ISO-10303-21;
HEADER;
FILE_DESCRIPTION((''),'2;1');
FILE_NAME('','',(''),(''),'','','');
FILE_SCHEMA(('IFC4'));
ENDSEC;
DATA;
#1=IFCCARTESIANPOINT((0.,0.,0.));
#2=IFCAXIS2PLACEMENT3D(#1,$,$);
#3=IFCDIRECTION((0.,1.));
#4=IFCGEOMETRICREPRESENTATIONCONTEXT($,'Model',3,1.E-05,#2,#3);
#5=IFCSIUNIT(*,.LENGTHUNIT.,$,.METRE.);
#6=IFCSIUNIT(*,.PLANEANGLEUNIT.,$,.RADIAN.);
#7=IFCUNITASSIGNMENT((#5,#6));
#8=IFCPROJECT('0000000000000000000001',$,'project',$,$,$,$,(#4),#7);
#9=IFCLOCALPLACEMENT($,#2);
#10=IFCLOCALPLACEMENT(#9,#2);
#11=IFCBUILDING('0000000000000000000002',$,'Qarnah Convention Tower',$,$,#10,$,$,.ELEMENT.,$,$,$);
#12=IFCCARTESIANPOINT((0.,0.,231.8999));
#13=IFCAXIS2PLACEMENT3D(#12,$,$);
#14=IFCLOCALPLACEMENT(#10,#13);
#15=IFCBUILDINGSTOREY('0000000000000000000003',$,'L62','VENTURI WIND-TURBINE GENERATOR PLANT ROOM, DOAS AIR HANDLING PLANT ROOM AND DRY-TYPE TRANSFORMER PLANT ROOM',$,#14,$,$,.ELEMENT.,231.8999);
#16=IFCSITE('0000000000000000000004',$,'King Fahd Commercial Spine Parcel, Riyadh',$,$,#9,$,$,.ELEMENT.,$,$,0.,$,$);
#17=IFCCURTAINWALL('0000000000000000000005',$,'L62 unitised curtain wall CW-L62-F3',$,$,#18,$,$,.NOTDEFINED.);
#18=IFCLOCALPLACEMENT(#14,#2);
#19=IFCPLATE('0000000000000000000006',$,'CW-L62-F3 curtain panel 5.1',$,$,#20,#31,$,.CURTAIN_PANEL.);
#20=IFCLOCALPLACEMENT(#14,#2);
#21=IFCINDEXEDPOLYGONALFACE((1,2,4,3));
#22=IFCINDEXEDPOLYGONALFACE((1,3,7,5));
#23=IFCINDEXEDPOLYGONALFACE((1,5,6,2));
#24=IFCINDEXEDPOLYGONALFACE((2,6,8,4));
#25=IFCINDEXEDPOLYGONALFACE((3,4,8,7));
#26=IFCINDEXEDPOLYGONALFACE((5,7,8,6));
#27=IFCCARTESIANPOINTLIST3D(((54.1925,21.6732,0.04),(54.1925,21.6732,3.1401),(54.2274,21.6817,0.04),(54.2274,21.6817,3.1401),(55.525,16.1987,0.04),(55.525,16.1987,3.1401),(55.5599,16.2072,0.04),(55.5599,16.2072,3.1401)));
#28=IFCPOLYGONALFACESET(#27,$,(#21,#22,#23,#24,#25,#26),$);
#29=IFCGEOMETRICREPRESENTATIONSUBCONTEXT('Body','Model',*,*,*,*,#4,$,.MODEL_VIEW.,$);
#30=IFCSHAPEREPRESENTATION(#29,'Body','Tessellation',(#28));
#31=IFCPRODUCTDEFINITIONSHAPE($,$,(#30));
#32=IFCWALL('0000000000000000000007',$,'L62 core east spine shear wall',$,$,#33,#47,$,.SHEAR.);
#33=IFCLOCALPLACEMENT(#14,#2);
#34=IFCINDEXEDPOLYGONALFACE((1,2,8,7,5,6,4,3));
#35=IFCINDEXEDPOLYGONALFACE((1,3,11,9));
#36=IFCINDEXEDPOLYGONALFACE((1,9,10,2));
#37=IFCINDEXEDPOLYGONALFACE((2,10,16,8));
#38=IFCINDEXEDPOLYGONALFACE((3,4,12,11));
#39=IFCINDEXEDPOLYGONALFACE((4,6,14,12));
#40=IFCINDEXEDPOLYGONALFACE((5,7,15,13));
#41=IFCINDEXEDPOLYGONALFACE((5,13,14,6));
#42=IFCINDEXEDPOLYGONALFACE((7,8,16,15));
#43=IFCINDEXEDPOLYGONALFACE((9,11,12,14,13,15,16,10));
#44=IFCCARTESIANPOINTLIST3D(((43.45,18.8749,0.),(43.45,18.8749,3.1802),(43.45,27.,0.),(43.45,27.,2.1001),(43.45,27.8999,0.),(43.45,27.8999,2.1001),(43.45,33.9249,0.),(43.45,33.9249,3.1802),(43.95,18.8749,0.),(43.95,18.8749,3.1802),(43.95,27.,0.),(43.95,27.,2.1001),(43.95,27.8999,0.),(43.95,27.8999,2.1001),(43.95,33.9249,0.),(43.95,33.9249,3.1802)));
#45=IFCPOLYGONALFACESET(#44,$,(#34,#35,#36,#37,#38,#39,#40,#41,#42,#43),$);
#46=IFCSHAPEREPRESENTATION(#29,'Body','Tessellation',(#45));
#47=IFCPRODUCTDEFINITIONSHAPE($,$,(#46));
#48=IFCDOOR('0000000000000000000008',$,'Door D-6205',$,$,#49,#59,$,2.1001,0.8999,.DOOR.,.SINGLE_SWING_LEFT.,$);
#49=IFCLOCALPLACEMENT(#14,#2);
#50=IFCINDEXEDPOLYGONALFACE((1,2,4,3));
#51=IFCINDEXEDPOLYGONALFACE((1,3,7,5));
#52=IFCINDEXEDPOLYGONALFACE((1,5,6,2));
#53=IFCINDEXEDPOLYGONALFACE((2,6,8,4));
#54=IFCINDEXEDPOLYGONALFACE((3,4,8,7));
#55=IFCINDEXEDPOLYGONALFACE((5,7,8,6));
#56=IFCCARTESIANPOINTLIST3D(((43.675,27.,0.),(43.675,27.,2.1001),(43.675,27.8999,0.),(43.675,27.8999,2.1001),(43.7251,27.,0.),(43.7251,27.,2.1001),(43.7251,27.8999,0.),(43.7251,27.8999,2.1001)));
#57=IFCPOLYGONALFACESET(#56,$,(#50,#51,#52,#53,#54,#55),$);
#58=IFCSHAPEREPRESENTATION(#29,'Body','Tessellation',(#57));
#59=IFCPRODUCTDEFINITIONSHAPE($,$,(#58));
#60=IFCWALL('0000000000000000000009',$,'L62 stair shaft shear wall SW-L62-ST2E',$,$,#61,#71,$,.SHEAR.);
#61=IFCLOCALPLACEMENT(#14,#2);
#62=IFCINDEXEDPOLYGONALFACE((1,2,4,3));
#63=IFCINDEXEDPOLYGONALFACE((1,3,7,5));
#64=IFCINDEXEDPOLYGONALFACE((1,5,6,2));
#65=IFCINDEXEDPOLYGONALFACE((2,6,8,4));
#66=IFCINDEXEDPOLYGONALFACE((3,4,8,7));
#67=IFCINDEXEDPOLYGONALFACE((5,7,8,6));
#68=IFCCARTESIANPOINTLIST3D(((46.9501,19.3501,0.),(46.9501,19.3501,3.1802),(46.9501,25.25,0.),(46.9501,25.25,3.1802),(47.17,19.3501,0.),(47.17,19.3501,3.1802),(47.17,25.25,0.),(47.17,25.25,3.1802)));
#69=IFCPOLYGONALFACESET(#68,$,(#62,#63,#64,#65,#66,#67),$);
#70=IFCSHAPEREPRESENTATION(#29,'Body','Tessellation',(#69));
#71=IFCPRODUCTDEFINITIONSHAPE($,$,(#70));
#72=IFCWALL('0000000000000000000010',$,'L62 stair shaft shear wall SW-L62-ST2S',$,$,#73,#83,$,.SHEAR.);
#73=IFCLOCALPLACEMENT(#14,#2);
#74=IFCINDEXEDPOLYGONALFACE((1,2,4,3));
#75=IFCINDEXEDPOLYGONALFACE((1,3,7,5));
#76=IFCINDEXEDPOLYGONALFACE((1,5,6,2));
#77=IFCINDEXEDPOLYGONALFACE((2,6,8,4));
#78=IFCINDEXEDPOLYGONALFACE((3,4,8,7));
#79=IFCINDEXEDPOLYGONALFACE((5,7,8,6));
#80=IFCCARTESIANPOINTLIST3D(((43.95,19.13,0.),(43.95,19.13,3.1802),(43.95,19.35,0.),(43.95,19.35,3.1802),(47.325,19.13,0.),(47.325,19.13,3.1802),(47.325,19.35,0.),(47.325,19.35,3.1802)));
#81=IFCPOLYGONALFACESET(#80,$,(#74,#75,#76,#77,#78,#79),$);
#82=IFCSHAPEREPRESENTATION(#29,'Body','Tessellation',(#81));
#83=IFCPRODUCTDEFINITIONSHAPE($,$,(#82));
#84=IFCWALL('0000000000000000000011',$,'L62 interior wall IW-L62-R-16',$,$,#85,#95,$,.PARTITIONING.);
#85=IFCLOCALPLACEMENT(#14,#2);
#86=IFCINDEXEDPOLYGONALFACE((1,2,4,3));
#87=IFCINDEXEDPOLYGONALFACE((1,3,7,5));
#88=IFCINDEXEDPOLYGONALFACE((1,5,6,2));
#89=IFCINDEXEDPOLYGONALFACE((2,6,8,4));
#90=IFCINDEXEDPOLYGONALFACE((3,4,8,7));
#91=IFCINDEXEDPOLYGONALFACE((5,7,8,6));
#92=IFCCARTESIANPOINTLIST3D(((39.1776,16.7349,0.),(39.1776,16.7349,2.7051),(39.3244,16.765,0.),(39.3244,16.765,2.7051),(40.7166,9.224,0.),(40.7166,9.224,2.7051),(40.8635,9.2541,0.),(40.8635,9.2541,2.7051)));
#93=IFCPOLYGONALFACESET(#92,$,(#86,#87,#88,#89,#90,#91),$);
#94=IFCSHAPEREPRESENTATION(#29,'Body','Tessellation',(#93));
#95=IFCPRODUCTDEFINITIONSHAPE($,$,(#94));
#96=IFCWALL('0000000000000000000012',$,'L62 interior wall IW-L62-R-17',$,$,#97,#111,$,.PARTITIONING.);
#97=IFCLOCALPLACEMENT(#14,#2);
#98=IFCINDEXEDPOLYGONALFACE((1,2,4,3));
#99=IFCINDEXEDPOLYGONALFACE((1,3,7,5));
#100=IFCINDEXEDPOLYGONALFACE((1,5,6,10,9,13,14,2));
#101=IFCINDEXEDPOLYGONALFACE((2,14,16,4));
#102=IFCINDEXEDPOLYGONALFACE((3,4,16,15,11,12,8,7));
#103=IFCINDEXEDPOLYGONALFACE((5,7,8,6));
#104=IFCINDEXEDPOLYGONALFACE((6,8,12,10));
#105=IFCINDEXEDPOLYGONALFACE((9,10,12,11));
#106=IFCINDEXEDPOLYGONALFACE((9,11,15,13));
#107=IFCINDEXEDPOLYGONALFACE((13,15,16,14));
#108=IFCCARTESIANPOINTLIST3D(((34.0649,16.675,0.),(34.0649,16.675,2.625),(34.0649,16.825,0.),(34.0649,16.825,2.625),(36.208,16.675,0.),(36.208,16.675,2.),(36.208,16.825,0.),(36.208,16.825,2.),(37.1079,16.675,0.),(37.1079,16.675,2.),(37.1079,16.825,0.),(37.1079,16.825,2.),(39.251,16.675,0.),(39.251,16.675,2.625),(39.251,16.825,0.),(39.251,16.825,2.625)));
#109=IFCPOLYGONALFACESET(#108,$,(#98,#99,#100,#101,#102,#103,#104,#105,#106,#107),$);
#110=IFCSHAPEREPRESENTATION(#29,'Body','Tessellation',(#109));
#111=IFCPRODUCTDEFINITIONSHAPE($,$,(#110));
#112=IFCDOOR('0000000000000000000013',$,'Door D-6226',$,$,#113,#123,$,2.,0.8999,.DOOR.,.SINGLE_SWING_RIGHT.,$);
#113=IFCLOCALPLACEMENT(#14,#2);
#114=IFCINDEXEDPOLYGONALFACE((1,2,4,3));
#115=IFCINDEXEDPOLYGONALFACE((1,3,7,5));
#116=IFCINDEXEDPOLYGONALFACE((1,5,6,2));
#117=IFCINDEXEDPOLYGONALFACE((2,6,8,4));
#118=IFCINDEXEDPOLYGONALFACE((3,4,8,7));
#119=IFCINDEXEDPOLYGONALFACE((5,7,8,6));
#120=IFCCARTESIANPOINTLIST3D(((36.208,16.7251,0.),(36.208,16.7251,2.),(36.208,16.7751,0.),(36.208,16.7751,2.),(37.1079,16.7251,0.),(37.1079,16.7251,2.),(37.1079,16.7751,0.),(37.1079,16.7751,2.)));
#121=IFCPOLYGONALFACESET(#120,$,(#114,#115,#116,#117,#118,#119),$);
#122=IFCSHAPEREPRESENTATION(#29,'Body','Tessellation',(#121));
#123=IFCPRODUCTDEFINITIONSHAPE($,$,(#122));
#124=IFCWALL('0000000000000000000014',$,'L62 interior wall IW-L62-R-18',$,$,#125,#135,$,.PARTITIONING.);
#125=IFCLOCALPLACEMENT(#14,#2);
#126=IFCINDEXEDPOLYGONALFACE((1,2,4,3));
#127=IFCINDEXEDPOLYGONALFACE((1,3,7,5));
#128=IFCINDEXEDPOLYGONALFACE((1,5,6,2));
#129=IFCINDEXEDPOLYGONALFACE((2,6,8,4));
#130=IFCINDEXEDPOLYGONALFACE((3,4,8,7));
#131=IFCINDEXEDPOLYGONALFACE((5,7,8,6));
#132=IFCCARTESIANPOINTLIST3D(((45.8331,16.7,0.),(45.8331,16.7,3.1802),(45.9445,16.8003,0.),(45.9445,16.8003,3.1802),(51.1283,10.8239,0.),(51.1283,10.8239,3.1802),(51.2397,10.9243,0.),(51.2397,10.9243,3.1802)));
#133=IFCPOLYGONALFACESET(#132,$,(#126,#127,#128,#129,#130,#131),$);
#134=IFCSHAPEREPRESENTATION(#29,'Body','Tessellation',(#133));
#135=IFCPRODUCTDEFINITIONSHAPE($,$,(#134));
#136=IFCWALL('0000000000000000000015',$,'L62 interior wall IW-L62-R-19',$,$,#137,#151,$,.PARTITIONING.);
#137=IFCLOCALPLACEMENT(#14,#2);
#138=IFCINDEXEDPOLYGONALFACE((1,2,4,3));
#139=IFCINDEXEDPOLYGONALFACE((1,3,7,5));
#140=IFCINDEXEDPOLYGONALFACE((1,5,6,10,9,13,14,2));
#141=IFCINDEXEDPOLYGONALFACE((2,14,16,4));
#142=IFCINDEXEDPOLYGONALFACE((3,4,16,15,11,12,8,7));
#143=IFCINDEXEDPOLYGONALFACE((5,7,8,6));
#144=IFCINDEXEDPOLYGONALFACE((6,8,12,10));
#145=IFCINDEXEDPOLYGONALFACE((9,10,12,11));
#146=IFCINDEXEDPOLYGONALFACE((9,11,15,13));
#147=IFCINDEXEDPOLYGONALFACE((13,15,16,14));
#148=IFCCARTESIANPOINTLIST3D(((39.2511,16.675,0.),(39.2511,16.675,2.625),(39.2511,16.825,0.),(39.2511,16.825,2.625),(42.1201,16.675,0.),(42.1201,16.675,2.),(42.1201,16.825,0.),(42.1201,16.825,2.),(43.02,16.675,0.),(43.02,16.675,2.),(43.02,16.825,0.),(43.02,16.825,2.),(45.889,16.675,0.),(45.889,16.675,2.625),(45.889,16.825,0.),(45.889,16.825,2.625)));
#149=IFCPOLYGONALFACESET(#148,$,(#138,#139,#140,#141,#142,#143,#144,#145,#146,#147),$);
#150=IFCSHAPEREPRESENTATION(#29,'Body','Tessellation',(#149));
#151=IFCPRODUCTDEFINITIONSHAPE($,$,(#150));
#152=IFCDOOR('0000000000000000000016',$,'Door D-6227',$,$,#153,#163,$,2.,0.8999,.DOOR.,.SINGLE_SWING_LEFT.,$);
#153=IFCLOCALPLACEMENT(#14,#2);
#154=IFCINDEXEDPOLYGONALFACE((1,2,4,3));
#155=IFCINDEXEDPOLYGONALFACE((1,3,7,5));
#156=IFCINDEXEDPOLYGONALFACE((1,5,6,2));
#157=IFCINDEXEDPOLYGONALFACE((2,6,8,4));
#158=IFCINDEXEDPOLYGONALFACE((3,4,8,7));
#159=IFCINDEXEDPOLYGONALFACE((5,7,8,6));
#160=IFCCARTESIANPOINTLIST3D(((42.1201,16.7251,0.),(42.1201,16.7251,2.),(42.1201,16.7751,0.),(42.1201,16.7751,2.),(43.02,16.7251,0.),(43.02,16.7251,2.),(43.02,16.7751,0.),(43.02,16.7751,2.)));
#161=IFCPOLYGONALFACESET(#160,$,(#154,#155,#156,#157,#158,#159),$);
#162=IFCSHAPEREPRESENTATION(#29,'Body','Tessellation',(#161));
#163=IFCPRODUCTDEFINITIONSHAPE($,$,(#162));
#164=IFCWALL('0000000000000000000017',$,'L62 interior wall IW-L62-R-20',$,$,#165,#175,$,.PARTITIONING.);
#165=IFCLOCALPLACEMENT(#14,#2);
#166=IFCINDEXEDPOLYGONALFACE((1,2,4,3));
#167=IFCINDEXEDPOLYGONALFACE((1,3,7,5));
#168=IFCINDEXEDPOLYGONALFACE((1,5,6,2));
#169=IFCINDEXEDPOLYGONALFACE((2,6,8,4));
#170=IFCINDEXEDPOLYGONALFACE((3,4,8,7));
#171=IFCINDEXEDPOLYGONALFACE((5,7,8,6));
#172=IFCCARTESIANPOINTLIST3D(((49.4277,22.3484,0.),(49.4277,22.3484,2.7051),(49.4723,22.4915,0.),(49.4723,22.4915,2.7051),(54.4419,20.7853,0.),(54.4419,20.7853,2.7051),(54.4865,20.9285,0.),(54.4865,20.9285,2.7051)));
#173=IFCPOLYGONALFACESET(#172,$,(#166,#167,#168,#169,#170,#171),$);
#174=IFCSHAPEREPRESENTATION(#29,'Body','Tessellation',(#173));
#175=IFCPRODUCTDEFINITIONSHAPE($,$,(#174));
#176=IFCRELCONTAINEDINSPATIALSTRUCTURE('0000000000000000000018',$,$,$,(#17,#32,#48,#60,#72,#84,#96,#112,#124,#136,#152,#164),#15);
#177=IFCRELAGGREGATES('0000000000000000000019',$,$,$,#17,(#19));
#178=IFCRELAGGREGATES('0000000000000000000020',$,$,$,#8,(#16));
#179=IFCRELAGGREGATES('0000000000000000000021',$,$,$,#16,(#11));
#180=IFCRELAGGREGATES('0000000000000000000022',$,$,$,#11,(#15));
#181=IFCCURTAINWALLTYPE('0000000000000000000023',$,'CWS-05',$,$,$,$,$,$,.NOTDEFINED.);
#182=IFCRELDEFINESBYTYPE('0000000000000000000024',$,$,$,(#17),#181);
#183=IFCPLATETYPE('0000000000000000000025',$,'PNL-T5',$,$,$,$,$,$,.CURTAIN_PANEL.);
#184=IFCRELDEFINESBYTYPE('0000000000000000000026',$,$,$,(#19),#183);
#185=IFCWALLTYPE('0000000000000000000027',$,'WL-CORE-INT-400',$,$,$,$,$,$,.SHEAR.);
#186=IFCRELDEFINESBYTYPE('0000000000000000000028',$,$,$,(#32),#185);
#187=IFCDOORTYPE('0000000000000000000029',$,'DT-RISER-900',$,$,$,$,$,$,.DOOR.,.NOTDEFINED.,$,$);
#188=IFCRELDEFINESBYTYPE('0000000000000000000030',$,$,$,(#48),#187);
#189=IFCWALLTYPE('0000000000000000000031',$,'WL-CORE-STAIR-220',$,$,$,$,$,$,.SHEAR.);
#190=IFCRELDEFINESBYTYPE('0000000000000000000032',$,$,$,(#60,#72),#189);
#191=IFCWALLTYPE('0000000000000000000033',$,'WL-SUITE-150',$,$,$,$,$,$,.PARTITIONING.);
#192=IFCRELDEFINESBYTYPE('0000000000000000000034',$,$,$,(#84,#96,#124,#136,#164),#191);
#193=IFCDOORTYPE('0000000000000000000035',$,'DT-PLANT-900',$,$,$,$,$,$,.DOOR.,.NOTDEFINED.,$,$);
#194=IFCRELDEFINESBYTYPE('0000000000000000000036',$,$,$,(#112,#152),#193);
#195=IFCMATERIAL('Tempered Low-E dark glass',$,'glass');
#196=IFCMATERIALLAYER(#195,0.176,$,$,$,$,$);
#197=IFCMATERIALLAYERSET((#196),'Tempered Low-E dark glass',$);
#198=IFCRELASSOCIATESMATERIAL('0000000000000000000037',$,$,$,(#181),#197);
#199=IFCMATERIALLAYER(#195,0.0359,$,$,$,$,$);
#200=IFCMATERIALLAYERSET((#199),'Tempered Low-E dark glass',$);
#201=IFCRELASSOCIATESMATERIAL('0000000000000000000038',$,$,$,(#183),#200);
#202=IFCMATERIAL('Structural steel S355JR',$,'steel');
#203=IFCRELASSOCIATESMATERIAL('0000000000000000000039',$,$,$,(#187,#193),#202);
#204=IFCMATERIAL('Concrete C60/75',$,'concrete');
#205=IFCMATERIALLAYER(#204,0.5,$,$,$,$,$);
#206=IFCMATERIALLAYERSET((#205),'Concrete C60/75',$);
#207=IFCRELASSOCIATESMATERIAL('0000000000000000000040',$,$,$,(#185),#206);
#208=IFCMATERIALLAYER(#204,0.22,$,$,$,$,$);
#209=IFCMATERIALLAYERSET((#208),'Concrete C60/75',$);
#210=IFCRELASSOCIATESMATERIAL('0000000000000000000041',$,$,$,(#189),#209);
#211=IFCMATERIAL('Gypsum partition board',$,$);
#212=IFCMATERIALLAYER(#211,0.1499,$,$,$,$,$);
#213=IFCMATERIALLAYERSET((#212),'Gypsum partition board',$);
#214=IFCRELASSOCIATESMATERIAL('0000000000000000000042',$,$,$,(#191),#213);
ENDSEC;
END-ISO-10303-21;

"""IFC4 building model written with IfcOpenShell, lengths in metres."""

from ifc_helpers import new_model, si_unit, direction, frame, frame_2d, origin, origin_2d, place, context, subcontext, project, spatial, rectangle, extrude, material, layer, layer_set, type_object, element, fill, aggregate, save


model = new_model("IFC4")

# Units and contexts
model_context = context("Model", 3, precision=1e-05, world=origin(), true_north=direction((0.0, 1.0)))
body_context = subcontext(model_context, "Body", "Model", "MODEL_VIEW")
ifc_project = project(units=[si_unit("LENGTHUNIT", "METRE"), si_unit("PLANEANGLEUNIT", "RADIAN")], contexts=[model_context])

# Site, building, storey
site_placement = place(None, origin())
site = spatial("IfcSite", under=ifc_project, at=site_placement, Name="King Fahd Commercial Spine Parcel, Riyadh", CompositionType="ELEMENT", RefElevation=0.0)
building_placement = place(site_placement, origin())
building = spatial("IfcBuilding", under=site, at=building_placement, Name="Qarnah Convention Tower", CompositionType="ELEMENT")
storey_placement = place(building_placement, frame((0.0, 0.0, 231.8999)))
storey = spatial("IfcBuildingStorey", under=building, at=storey_placement, Name="L62", Description="VENTURI WIND-TURBINE GENERATOR PLANT ROOM, DOAS AIR HANDLING PLANT ROOM AND DRY-TYPE TRANSFORMER PLANT ROOM", CompositionType="ELEMENT", Elevation=231.8999)

# Shared definitions
ifc_material_1 = material(Name="Structural steel S355JR", Category="steel")

# Shared definitions
ifc_material_2 = material(Name="Tempered Low-E dark glass", Category="glass")
ifc_layer_1 = layer(ifc_material_2, 0.176)
ifc_layer_set_1 = layer_set([ifc_layer_1], Name="Tempered Low-E dark glass")
curtain_wall_type = type_object("IfcCurtainWallType", Name="CWS-05", PredefinedType="NOTDEFINED", material=ifc_layer_set_1)

# Curtain wall
curtain_wall_1_placement = place(storey_placement, origin())
curtain_wall_1 = element("IfcCurtainWall", 1, at=curtain_wall_1_placement, inside=storey, type_object=curtain_wall_type, Name="L62 unitised curtain wall CW-L62-F3", PredefinedType="NOTDEFINED")

# Plate
ifc_layer_2 = layer(ifc_material_2, 0.0359)
ifc_layer_set_2 = layer_set([ifc_layer_2], Name="Tempered Low-E dark glass")
plate_type = type_object("IfcPlateType", Name="PNL-T5", PredefinedType="CURTAIN_PANEL", material=ifc_layer_set_2)
plate_1_placement = place(storey_placement, frame((54.8762, 18.9402, 0.04), z_axis=(0.0, 0.0, 1.0), x_axis=(0.236494, -0.971633, 0.0)))
plate_1 = element("IfcPlate", 2, at=plate_1_placement, type_object=plate_type, Name="CW-L62-F3 curtain panel 5.1", PredefinedType="CURTAIN_PANEL", context=body_context, shape_type="SweptSolid", body=[
    extrude(rectangle(XDim=5.6343, YDim=0.0359, at=origin_2d()), origin(), (0.0, 0.0, 1.0), 3.1001),
])
aggregate(curtain_wall_1, [plate_1])

# Shared definitions
ifc_material_3 = material(Name="Concrete C60/75", Category="concrete")
door_type_1 = type_object("IfcDoorType", Name="DT-RISER-900", OperationType="NOTDEFINED", PredefinedType="DOOR", material=ifc_material_1)

# Wall, opening, door
ifc_layer_3 = layer(ifc_material_3, 0.5)
ifc_layer_set_3 = layer_set([ifc_layer_3], Name="Concrete C60/75")
wall_type_1 = type_object("IfcWallType", Name="WL-CORE-INT-400", PredefinedType="SHEAR", material=ifc_layer_set_3)
wall_1_placement = place(storey_placement, frame((43.7, 18.875, 0.0), z_axis=(0.0, 0.0, 1.0), x_axis=(0.0, 1.0, 0.0)))
wall_1 = element("IfcWall", 3, at=wall_1_placement, inside=storey, type_object=wall_type_1, Name="L62 core east spine shear wall", PredefinedType="SHEAR", context=body_context, shape_type="SweptSolid", body=[
    extrude(rectangle(XDim=15.05, YDim=0.5, at=frame_2d((7.5249, 0.0))), origin(), (0.0, 0.0, 1.0), 3.1802),
])
opening_1_placement = place(wall_1_placement, frame((8.125, 0.0, 0.0)))
opening_1 = element("IfcOpeningElement", 4, at=opening_1_placement, cuts=wall_1, PredefinedType="OPENING", context=body_context, shape_type="SweptSolid", body=[
    extrude(rectangle(XDim=0.8999, YDim=2.1001, at=frame_2d((0.45, 1.05))), frame((0.0, 0.26, 0.0), z_axis=(0.0, -1.0, 0.0), x_axis=(1.0, 0.0, 0.0)), (0.0, 0.0, 1.0), 0.52),
])
door_1_placement = place(opening_1_placement, origin())
door_1 = element("IfcDoor", 5, at=door_1_placement, inside=storey, type_object=door_type_1, Name="Door D-6205", OperationType="SINGLE_SWING_LEFT", OverallHeight=2.1001, OverallWidth=0.8999, PredefinedType="DOOR", context=body_context, shape_type="SweptSolid", body=[
    extrude(rectangle(XDim=0.8999, YDim=2.1001, at=frame_2d((0.45, 1.05))), frame((0.0, 0.0249, 0.0), z_axis=(0.0, -1.0, 0.0), x_axis=(1.0, 0.0, 0.0)), (0.0, 0.0, 1.0), 0.05),
])
fill(opening_1, door_1)

# Walls
ifc_layer_4 = layer(ifc_material_3, 0.22)
ifc_layer_set_4 = layer_set([ifc_layer_4], Name="Concrete C60/75")
wall_type_2 = type_object("IfcWallType", Name="WL-CORE-STAIR-220", PredefinedType="SHEAR", material=ifc_layer_set_4)
wall_2_placement = place(storey_placement, frame((47.0601, 19.3501, 0.0), z_axis=(0.0, 0.0, 1.0), x_axis=(0.0, 1.0, 0.0)))
element("IfcWall", 6, at=wall_2_placement, inside=storey, type_object=wall_type_2, Name="L62 stair shaft shear wall SW-L62-ST2E", PredefinedType="SHEAR", context=body_context, shape_type="SweptSolid", body=[
    extrude(rectangle(XDim=5.8999, YDim=0.22, at=frame_2d((2.95, 0.0))), origin(), (0.0, 0.0, 1.0), 3.1802),
])
wall_3_placement = place(storey_placement, frame((43.95, 19.24, 0.0), z_axis=(0.0, 0.0, 1.0), x_axis=(1.0, 0.0, 0.0)))
element("IfcWall", 7, at=wall_3_placement, inside=storey, type_object=wall_type_2, Name="L62 stair shaft shear wall SW-L62-ST2S", PredefinedType="SHEAR", context=body_context, shape_type="SweptSolid", body=[
    extrude(rectangle(XDim=3.375, YDim=0.22, at=frame_2d((1.6875, 0.0))), origin(), (0.0, 0.0, 1.0), 3.1802),
])
ifc_material_4 = material(Name="Gypsum partition board")
ifc_layer_5 = layer(ifc_material_4, 0.1499)
ifc_layer_set_5 = layer_set([ifc_layer_5], Name="Gypsum partition board")
wall_type_3 = type_object("IfcWallType", Name="WL-SUITE-150", PredefinedType="PARTITIONING", material=ifc_layer_set_5)
wall_4_placement = place(storey_placement, frame((40.79, 9.239, 0.0), z_axis=(0.0, 0.0, 1.0), x_axis=(-0.200737, 0.979645, 0.0)))
element("IfcWall", 8, at=wall_4_placement, inside=storey, type_object=wall_type_3, Name="L62 interior wall IW-L62-R-16", PredefinedType="PARTITIONING", context=body_context, shape_type="SweptSolid", body=[
    extrude(rectangle(XDim=7.667, YDim=0.1499, at=frame_2d((3.8335, 0.0))), origin(), (0.0, 0.0, 1.0), 2.7051),
])

# Wall, opening, door
wall_5_placement = place(storey_placement, frame((39.251, 16.75, 0.0), z_axis=(0.0, 0.0, 1.0), x_axis=(-1.0, 0.0, 0.0)))
wall_5 = element("IfcWall", 9, at=wall_5_placement, inside=storey, type_object=wall_type_3, Name="L62 interior wall IW-L62-R-17", PredefinedType="PARTITIONING", context=body_context, shape_type="SweptSolid", body=[
    extrude(rectangle(XDim=5.186, YDim=0.1499, at=frame_2d((2.593, 0.0))), origin(), (0.0, 0.0, 1.0), 2.625),
])
opening_2_placement = place(wall_5_placement, frame((2.1431, 0.0, 0.0)))
opening_2 = element("IfcOpeningElement", 10, at=opening_2_placement, cuts=wall_5, PredefinedType="OPENING", context=body_context, shape_type="SweptSolid", body=[
    extrude(rectangle(XDim=0.8999, YDim=2.0, at=frame_2d((0.45, 1.0))), frame((0.0, 0.085, 0.0), z_axis=(0.0, -1.0, 0.0), x_axis=(1.0, 0.0, 0.0)), (0.0, 0.0, 1.0), 0.1699),
])
door_type_2 = type_object("IfcDoorType", Name="DT-PLANT-900", OperationType="NOTDEFINED", PredefinedType="DOOR", material=ifc_material_1)
door_2_placement = place(opening_2_placement, origin())
door_2 = element("IfcDoor", 11, at=door_2_placement, inside=storey, type_object=door_type_2, Name="Door D-6226", OperationType="SINGLE_SWING_RIGHT", OverallHeight=2.0, OverallWidth=0.8999, PredefinedType="DOOR", context=body_context, shape_type="SweptSolid", body=[
    extrude(rectangle(XDim=0.8999, YDim=2.0, at=frame_2d((0.45, 1.0))), frame((0.0, 0.0249, 0.0), z_axis=(0.0, -1.0, 0.0), x_axis=(1.0, 0.0, 0.0)), (0.0, 0.0, 1.0), 0.05),
])
fill(opening_2, door_2)

# Wall
wall_6_placement = place(storey_placement, frame((51.1841, 10.874, 0.0), z_axis=(0.0, 0.0, 1.0), x_axis=(-0.669439, 0.742867, 0.0)))
element("IfcWall", 12, at=wall_6_placement, inside=storey, type_object=wall_type_3, Name="L62 interior wall IW-L62-R-18", PredefinedType="PARTITIONING", context=body_context, shape_type="SweptSolid", body=[
    extrude(rectangle(XDim=7.9099, YDim=0.1499, at=frame_2d((3.9551, 0.0))), origin(), (0.0, 0.0, 1.0), 3.1802),
])

# Wall, opening, door
wall_7_placement = place(storey_placement, frame((45.8889, 16.75, 0.0), z_axis=(0.0, 0.0, 1.0), x_axis=(-1.0, 0.0, 0.0)))
wall_7 = element("IfcWall", 13, at=wall_7_placement, inside=storey, type_object=wall_type_3, Name="L62 interior wall IW-L62-R-19", PredefinedType="PARTITIONING", context=body_context, shape_type="SweptSolid", body=[
    extrude(rectangle(XDim=6.6379, YDim=0.1499, at=frame_2d((3.3188, 0.0))), origin(), (0.0, 0.0, 1.0), 2.625),
])
opening_3_placement = place(wall_7_placement, frame((2.8689, 0.0, 0.0)))
opening_3 = element("IfcOpeningElement", 14, at=opening_3_placement, cuts=wall_7, PredefinedType="OPENING", context=body_context, shape_type="SweptSolid", body=[
    extrude(rectangle(XDim=0.8999, YDim=2.0, at=frame_2d((0.45, 1.0))), frame((0.0, 0.085, 0.0), z_axis=(0.0, -1.0, 0.0), x_axis=(1.0, 0.0, 0.0)), (0.0, 0.0, 1.0), 0.1699),
])
door_3_placement = place(opening_3_placement, origin())
door_3 = element("IfcDoor", 15, at=door_3_placement, inside=storey, type_object=door_type_2, Name="Door D-6227", OperationType="SINGLE_SWING_LEFT", OverallHeight=2.0, OverallWidth=0.8999, PredefinedType="DOOR", context=body_context, shape_type="SweptSolid", body=[
    extrude(rectangle(XDim=0.8999, YDim=2.0, at=frame_2d((0.45, 1.0))), frame((0.0, 0.0249, 0.0), z_axis=(0.0, -1.0, 0.0), x_axis=(1.0, 0.0, 0.0)), (0.0, 0.0, 1.0), 0.05),
])
fill(opening_3, door_3)

# Wall
wall_8_placement = place(storey_placement, frame((54.4641, 20.8569, 0.0), z_axis=(0.0, 0.0, 1.0), x_axis=(-0.954693, 0.297592, 0.0)))
element("IfcWall", 16, at=wall_8_placement, inside=storey, type_object=wall_type_3, Name="L62 interior wall IW-L62-R-20", PredefinedType="PARTITIONING", context=body_context, shape_type="SweptSolid", body=[
    extrude(rectangle(XDim=5.2522, YDim=0.1499, at=frame_2d((2.626, 0.0))), origin(), (0.0, 0.0, 1.0), 2.7051),
])

save(model, "model.ifc")
